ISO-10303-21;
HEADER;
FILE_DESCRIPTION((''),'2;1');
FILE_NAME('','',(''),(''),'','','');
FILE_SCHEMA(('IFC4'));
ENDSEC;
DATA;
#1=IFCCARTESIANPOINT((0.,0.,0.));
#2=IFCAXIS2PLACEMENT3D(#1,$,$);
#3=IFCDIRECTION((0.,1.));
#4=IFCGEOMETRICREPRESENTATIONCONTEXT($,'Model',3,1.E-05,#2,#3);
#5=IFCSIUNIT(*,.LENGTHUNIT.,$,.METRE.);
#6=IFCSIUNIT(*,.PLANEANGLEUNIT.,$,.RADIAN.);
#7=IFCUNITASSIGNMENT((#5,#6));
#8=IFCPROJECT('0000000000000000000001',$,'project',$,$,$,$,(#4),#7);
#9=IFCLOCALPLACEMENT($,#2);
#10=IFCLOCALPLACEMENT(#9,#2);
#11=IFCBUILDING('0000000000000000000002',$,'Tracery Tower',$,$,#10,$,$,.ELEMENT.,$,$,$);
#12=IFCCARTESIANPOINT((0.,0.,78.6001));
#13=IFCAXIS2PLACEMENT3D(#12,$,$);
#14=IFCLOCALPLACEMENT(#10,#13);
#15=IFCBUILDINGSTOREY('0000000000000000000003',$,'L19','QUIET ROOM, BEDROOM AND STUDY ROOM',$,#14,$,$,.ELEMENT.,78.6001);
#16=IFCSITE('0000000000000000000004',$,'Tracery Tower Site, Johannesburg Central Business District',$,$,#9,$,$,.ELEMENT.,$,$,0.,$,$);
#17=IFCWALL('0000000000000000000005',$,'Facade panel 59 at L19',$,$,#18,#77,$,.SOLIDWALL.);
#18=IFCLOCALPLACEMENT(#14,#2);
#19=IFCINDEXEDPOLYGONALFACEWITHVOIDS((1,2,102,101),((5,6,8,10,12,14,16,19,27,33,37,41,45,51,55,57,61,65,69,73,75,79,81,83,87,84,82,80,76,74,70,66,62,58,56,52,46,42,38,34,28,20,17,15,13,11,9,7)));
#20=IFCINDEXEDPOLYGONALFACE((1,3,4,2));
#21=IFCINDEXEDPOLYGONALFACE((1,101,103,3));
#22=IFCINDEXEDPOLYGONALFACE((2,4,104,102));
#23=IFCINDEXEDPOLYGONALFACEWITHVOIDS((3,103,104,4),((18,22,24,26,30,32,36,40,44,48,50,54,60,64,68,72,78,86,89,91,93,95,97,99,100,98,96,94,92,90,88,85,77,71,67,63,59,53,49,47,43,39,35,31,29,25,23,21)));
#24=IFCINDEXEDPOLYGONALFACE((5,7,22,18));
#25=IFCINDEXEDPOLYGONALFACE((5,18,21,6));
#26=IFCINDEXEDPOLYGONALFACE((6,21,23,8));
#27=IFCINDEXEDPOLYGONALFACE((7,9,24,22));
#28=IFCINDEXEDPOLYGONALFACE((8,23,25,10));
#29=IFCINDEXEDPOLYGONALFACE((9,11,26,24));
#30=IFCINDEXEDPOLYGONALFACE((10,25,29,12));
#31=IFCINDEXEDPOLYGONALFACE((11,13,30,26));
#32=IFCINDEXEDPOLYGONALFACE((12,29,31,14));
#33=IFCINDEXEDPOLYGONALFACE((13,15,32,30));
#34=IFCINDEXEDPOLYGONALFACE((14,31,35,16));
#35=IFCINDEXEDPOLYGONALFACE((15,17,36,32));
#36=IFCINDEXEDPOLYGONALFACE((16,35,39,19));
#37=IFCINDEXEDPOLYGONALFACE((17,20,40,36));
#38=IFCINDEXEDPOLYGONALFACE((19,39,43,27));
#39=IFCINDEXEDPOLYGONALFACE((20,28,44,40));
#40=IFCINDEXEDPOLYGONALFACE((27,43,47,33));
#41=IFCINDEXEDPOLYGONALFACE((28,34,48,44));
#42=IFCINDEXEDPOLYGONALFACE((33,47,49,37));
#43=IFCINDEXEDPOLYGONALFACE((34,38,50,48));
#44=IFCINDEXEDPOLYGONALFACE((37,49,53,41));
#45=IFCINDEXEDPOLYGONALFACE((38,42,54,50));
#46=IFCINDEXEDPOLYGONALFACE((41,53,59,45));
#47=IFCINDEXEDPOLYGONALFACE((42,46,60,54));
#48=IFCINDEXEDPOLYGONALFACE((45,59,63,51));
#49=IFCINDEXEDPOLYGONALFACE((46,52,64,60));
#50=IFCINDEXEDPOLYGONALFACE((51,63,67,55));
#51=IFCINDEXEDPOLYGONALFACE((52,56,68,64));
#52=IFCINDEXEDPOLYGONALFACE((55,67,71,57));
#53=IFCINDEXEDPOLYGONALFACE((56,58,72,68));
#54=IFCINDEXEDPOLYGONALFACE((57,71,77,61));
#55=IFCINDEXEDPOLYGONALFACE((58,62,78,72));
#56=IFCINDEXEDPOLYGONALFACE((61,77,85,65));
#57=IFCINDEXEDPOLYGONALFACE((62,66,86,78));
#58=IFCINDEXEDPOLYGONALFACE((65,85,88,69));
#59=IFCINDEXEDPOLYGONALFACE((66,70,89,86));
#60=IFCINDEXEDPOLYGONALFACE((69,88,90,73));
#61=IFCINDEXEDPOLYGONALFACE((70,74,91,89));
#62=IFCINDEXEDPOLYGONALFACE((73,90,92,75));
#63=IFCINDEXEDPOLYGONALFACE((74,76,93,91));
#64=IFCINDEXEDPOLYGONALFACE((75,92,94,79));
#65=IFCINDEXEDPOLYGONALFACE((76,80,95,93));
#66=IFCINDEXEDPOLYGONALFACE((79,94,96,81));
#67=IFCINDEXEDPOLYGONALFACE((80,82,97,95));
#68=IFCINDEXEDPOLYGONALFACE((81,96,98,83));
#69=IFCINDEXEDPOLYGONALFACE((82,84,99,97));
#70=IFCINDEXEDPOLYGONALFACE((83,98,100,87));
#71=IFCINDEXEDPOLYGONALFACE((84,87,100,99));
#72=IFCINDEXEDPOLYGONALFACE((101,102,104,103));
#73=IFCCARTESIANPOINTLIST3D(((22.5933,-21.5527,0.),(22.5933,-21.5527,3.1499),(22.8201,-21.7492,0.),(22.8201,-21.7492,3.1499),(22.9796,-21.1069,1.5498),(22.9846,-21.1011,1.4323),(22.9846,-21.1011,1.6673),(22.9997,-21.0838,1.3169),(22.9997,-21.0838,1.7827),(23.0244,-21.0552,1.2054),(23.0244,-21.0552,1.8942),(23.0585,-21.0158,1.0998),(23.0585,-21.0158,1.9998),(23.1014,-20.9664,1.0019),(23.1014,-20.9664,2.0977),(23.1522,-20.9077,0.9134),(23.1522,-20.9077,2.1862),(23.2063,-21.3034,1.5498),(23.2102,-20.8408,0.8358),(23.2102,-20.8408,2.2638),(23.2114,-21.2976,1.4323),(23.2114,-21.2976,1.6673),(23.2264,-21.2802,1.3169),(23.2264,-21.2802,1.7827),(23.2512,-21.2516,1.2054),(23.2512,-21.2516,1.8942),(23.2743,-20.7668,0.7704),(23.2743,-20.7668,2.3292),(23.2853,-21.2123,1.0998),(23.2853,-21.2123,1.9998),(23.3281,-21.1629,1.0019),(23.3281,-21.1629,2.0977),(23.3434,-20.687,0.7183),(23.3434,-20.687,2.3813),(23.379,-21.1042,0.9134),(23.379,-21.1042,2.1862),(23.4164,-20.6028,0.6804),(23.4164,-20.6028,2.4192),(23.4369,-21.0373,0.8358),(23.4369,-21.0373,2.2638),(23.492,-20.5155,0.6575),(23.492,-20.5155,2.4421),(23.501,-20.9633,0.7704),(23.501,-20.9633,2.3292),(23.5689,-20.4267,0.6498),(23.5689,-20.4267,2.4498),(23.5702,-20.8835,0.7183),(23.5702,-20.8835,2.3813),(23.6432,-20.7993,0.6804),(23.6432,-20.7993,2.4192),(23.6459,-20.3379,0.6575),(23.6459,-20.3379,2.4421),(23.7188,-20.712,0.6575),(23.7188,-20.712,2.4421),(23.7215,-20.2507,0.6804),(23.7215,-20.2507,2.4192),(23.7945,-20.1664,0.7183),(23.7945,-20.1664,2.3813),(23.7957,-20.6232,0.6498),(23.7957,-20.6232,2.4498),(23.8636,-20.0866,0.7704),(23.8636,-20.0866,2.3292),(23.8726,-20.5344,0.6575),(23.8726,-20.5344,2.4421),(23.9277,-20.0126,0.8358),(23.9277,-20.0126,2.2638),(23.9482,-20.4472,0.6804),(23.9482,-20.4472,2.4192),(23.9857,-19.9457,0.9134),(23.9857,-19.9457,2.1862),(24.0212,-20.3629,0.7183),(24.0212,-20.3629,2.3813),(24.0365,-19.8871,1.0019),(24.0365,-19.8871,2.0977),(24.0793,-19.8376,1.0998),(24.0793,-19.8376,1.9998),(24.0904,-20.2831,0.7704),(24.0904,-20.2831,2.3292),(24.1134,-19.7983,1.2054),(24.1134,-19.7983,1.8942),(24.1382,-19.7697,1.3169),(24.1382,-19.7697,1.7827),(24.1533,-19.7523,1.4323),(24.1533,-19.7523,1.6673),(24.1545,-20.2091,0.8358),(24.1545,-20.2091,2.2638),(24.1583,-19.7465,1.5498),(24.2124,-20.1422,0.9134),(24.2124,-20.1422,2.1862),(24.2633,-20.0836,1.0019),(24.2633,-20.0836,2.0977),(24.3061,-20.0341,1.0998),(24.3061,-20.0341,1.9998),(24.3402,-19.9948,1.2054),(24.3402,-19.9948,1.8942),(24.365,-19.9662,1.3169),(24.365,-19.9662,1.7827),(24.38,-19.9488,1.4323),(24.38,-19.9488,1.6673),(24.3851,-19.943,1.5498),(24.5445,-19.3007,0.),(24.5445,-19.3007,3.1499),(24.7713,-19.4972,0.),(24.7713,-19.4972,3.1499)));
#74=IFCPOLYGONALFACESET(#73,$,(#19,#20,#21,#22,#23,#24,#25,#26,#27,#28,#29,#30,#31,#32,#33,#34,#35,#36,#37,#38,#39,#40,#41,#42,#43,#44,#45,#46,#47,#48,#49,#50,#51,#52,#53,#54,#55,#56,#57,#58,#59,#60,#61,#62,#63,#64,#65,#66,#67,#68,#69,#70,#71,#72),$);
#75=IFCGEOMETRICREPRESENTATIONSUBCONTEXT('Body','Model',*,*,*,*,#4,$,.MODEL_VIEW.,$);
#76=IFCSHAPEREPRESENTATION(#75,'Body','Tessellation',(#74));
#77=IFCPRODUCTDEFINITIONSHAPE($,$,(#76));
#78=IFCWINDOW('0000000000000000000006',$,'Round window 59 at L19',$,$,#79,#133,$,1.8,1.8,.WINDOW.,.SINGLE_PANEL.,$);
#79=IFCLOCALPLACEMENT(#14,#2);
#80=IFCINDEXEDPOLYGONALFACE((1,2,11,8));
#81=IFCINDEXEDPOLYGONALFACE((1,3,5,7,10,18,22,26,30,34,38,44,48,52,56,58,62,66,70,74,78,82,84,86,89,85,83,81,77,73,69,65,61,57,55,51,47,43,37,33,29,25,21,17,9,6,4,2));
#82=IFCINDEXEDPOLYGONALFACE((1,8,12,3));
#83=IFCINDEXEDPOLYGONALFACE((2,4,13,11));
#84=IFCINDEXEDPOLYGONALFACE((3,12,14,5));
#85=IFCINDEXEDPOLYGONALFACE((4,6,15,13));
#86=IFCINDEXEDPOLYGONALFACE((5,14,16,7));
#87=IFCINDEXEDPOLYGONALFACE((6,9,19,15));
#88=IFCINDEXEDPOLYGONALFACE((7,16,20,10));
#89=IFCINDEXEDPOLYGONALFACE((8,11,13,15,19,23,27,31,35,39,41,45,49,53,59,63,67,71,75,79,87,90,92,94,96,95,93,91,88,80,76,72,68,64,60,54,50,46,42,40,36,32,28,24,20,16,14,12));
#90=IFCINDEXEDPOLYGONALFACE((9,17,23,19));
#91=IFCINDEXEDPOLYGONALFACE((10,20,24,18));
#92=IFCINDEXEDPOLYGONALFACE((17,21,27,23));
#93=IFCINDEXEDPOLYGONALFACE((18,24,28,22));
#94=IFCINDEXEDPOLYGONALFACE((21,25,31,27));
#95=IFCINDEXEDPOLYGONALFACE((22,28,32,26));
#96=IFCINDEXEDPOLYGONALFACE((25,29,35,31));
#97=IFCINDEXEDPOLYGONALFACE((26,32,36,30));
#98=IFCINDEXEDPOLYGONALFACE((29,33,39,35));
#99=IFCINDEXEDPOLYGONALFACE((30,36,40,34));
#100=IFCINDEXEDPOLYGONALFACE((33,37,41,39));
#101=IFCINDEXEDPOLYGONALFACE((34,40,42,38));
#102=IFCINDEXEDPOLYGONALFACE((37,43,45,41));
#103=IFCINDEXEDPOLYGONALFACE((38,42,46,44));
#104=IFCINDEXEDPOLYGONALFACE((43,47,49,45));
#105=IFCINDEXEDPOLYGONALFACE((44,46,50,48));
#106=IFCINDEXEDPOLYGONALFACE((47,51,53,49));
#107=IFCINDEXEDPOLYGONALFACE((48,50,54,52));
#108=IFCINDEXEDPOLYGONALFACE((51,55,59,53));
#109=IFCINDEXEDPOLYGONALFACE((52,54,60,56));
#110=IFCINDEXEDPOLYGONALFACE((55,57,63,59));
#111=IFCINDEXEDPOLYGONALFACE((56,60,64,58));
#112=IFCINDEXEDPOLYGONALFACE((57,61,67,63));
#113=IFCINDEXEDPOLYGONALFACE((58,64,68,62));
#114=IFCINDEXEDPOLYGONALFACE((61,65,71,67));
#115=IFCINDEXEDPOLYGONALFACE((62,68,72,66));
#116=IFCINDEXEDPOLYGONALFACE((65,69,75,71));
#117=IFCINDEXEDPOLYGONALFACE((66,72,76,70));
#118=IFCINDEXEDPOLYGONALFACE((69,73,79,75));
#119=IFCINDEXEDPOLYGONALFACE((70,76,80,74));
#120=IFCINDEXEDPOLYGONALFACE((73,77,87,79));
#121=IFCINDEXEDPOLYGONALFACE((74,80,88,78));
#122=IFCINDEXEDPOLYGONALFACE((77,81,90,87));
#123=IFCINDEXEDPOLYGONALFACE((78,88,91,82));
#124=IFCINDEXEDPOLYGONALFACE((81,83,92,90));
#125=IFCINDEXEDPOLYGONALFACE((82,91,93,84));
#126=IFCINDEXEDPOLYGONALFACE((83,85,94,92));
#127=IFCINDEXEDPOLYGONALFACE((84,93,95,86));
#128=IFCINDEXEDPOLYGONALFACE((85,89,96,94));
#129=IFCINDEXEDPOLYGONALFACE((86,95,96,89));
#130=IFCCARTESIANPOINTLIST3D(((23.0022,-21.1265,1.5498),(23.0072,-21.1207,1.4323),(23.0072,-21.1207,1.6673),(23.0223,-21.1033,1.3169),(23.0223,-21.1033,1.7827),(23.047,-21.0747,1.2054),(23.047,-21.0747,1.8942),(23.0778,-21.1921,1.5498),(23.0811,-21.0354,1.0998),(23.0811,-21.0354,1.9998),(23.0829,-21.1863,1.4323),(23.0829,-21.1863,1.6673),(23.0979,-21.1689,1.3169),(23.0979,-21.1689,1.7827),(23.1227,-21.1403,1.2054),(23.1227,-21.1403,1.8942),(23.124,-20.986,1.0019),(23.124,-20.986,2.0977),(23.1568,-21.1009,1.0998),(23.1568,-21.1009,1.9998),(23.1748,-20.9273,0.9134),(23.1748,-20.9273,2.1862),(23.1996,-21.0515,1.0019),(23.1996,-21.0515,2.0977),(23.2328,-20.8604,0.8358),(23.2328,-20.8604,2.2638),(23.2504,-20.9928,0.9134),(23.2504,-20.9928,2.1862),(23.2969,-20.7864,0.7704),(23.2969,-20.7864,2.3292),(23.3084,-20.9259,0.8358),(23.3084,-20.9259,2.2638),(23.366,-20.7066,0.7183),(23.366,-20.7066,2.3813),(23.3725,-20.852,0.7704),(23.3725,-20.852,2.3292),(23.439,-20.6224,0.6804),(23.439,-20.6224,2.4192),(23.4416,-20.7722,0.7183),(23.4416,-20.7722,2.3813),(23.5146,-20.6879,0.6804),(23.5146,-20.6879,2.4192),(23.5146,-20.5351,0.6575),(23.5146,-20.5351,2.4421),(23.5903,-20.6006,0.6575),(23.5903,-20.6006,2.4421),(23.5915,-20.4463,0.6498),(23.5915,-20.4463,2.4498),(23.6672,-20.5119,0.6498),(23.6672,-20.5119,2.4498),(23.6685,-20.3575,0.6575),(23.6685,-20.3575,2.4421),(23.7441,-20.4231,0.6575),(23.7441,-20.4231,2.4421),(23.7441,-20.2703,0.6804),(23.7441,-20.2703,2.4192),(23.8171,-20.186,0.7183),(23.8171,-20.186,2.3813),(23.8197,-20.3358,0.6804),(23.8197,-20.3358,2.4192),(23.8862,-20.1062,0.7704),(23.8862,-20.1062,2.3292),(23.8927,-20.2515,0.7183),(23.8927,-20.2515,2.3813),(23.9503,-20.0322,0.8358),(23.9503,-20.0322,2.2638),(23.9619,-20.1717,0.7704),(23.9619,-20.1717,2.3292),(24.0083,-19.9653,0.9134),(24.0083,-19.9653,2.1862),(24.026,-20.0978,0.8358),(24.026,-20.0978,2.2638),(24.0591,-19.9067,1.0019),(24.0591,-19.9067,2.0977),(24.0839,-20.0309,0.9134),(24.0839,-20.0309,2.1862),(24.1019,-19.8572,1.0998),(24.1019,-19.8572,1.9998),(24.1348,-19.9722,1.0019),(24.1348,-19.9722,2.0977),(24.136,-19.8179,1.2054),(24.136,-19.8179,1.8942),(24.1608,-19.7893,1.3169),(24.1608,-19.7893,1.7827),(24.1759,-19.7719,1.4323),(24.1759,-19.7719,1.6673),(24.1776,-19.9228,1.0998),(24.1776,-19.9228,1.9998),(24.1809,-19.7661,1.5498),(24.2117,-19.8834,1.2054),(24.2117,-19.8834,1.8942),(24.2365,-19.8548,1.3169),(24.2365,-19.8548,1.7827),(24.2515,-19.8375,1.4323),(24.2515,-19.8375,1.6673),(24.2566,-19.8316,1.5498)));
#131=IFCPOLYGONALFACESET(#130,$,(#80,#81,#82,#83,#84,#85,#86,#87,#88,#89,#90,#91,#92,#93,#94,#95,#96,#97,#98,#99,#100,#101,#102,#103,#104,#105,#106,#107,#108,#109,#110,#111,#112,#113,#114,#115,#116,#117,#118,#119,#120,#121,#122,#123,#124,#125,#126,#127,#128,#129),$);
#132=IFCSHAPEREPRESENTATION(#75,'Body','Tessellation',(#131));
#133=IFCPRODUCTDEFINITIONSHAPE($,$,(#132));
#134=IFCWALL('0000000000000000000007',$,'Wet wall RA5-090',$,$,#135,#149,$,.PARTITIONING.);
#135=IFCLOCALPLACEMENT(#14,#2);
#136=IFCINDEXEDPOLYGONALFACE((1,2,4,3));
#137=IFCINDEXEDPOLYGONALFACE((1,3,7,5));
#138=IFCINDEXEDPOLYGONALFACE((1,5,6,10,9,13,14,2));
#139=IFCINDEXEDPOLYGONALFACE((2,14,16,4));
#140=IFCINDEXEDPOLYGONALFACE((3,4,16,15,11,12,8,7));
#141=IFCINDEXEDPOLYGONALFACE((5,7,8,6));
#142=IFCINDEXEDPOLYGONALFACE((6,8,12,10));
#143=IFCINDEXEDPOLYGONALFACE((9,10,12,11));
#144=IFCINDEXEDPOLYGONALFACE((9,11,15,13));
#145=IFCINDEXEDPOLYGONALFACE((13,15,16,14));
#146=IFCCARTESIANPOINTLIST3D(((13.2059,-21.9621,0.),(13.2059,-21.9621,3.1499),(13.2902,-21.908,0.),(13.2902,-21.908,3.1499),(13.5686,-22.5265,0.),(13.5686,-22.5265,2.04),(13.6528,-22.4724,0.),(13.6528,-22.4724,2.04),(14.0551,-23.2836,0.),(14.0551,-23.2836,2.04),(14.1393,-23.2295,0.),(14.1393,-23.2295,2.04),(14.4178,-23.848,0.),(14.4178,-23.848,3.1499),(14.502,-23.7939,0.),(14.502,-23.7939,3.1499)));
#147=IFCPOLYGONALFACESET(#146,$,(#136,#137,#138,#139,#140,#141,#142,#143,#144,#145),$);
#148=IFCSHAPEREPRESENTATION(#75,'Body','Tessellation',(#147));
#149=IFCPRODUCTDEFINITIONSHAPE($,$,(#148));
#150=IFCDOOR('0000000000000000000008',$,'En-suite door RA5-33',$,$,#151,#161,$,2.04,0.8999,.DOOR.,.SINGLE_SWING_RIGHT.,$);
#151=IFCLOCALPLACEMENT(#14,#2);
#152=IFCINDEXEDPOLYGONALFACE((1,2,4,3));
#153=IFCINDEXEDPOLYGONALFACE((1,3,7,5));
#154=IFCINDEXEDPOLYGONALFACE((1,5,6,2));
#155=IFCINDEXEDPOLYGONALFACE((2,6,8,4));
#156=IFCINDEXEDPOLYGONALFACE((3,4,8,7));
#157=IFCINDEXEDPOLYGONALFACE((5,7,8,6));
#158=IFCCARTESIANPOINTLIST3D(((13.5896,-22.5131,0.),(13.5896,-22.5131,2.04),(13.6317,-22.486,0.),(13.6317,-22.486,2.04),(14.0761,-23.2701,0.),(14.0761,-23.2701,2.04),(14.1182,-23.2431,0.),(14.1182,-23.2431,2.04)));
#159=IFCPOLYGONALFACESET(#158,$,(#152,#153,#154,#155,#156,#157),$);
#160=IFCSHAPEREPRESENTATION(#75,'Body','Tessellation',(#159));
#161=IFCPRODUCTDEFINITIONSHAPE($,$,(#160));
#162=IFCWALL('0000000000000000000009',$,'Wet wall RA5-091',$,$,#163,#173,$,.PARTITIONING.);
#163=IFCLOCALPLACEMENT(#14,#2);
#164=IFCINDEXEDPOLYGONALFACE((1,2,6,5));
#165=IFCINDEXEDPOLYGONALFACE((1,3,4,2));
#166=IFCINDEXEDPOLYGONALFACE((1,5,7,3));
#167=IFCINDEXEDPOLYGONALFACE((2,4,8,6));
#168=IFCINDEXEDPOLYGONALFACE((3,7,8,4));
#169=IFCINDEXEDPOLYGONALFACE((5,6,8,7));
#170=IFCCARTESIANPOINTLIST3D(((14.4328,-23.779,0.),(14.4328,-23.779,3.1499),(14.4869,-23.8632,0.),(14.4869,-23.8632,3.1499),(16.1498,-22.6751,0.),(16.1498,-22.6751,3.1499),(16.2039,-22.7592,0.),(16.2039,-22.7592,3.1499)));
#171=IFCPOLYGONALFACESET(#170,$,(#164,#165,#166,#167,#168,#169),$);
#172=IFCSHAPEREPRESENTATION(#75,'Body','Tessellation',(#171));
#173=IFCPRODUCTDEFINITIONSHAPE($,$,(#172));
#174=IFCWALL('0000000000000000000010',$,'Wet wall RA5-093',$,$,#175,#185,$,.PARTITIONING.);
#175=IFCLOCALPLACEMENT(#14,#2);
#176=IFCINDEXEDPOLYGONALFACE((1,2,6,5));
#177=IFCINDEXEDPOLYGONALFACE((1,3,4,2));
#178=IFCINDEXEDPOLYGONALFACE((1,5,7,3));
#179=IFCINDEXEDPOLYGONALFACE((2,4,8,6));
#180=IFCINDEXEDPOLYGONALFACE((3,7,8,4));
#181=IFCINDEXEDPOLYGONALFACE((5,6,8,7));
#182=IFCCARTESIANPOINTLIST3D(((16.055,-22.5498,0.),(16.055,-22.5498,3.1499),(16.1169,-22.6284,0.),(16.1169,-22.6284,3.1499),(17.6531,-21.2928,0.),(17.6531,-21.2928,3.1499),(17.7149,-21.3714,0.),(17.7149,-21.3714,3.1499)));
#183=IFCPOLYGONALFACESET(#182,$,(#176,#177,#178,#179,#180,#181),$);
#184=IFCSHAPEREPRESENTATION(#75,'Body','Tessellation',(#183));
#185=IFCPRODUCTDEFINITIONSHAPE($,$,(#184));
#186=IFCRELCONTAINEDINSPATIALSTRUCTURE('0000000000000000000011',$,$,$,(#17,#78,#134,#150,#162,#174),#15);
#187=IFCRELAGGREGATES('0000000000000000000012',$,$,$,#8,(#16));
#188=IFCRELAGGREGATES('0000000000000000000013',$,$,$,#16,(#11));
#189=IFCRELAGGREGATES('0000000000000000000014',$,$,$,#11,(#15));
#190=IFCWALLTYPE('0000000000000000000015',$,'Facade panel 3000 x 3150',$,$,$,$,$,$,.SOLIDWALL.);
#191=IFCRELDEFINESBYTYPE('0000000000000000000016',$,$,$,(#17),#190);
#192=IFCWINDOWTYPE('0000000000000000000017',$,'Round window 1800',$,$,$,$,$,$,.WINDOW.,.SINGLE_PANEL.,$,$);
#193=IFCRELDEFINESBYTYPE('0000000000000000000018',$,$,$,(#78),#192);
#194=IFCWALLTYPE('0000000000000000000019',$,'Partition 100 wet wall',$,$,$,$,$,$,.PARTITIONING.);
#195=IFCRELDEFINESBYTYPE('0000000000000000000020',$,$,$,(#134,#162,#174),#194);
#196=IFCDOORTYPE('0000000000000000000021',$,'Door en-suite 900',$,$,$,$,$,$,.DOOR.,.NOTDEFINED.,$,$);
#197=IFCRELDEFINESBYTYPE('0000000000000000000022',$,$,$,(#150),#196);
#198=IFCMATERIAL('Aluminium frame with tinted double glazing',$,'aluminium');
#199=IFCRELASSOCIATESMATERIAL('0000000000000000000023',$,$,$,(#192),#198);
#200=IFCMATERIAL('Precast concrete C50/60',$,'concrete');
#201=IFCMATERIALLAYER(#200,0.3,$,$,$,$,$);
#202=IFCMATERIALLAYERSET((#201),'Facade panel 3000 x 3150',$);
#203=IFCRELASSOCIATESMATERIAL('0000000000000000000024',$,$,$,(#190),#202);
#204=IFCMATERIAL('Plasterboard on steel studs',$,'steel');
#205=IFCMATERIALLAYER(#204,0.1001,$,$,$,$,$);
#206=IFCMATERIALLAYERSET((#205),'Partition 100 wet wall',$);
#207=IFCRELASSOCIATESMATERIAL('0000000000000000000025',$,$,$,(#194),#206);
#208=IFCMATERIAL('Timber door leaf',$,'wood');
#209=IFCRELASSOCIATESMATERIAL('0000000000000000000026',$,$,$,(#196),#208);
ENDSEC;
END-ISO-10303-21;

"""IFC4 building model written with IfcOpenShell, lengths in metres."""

from ifc_helpers import new_model, si_unit, direction, frame, frame_2d, origin, origin_2d, place, context, subcontext, project, spatial, rectangle, circle, extrude, material, layer, layer_set, type_object, element, fill, save


model = new_model("IFC4")

# Units and contexts
model_context = context("Model", 3, precision=1e-05, world=origin(), true_north=direction((0.0, 1.0)))
body_context = subcontext(model_context, "Body", "Model", "MODEL_VIEW")
ifc_project = project(units=[si_unit("LENGTHUNIT", "METRE"), si_unit("PLANEANGLEUNIT", "RADIAN")], contexts=[model_context])

# Site, building, storey
site_placement = place(None, origin())
site = spatial("IfcSite", under=ifc_project, at=site_placement, Name="Tracery Tower Site, Johannesburg Central Business District", CompositionType="ELEMENT", RefElevation=0.0)
building_placement = place(site_placement, origin())
building = spatial("IfcBuilding", under=site, at=building_placement, Name="Tracery Tower", CompositionType="ELEMENT")
storey_placement = place(building_placement, frame((0.0, 0.0, 78.6001)))
storey = spatial("IfcBuildingStorey", under=building, at=storey_placement, Name="L19", Description="QUIET ROOM, BEDROOM AND STUDY ROOM", CompositionType="ELEMENT", Elevation=78.6001)

# Wall, opening, window
ifc_material_1 = material(Name="Aluminium frame with tinted double glazing", Category="aluminium")
window_type = type_object("IfcWindowType", Name="Round window 1800", PartitioningType="SINGLE_PANEL", PredefinedType="WINDOW", material=ifc_material_1)
ifc_material_2 = material(Name="Precast concrete C50/60", Category="concrete")
ifc_layer_1 = layer(ifc_material_2, 0.3)
ifc_layer_set_1 = layer_set([ifc_layer_1], Name="Facade panel 3000 x 3150")
wall_type_1 = type_object("IfcWallType", Name="Facade panel 3000 x 3150", PredefinedType="SOLIDWALL", material=ifc_layer_set_1)
wall_1_placement = place(storey_placement, frame((22.7068, -21.6509, 0.0), z_axis=(0.0, 0.0, 1.0), x_axis=(0.654831, 0.755776, 0.0)))
wall_1 = element("IfcWall", 1, at=wall_1_placement, inside=storey, type_object=wall_type_1, Name="Facade panel 59 at L19", PredefinedType="SOLIDWALL", context=body_context, shape_type="SweptSolid", body=[
    extrude(rectangle(XDim=2.9797, YDim=0.3, at=frame_2d((1.4897, 0.0))), origin(), (0.0, 0.0, 1.0), 3.1499),
])
opening_1_placement = place(wall_1_placement, frame((1.4897, 0.0, 1.5498)))
opening_1 = element("IfcOpeningElement", 2, at=opening_1_placement, cuts=wall_1, PredefinedType="OPENING", context=body_context, shape_type="SweptSolid", body=[
    extrude(circle(Radius=0.9, at=origin_2d()), frame((0.0, 0.1599, 0.0), z_axis=(0.0, -1.0, 0.0), x_axis=(1.0, 0.0, 0.0)), (0.0, 0.0, 1.0), 0.3201),
])
window_1_placement = place(opening_1_placement, origin())
window_1 = element("IfcWindow", 3, at=window_1_placement, inside=storey, type_object=window_type, Name="Round window 59 at L19", OverallHeight=1.8, OverallWidth=1.8, PartitioningType="SINGLE_PANEL", PredefinedType="WINDOW", context=body_context, shape_type="SweptSolid", body=[
    extrude(circle(Radius=0.9, at=origin_2d()), frame((0.0, 0.1201, 0.0), z_axis=(0.0, -1.0, 0.0), x_axis=(1.0, 0.0, 0.0)), (0.0, 0.0, 1.0), 0.1001),
])
fill(opening_1, window_1)

# Wall, opening, door
ifc_material_3 = material(Name="Plasterboard on steel studs", Category="steel")
ifc_layer_2 = layer(ifc_material_3, 0.1001)
ifc_layer_set_2 = layer_set([ifc_layer_2], Name="Partition 100 wet wall")
wall_type_2 = type_object("IfcWallType", Name="Partition 100 wet wall", PredefinedType="PARTITIONING", material=ifc_layer_set_2)
wall_2_placement = place(storey_placement, frame((13.248, -21.9351, 0.0), z_axis=(0.0, 0.0, 1.0), x_axis=(0.540598, -0.841281, 0.0)))
wall_2 = element("IfcWall", 4, at=wall_2_placement, inside=storey, type_object=wall_type_2, Name="Wet wall RA5-090", PredefinedType="PARTITIONING", context=body_context, shape_type="SweptSolid", body=[
    extrude(rectangle(XDim=2.2417, YDim=0.1001, at=frame_2d((1.1208, 0.0))), origin(), (0.0, 0.0, 1.0), 3.1499),
])
opening_2_placement = place(wall_2_placement, frame((0.6709, 0.0, 0.0)))
opening_2 = element("IfcOpeningElement", 5, at=opening_2_placement, cuts=wall_2, PredefinedType="OPENING", context=body_context, shape_type="SweptSolid", body=[
    extrude(rectangle(XDim=0.8999, YDim=2.04, at=frame_2d((0.45, 1.02))), frame((0.0, 0.05, 0.0), z_axis=(0.0, -1.0, 0.0), x_axis=(1.0, 0.0, 0.0)), (0.0, 0.0, 1.0), 0.1001),
])
ifc_material_4 = material(Name="Timber door leaf", Category="wood")
door_type = type_object("IfcDoorType", Name="Door en-suite 900", OperationType="NOTDEFINED", PredefinedType="DOOR", material=ifc_material_4)
door_1_placement = place(opening_2_placement, origin())
door_1 = element("IfcDoor", 6, at=door_1_placement, inside=storey, type_object=door_type, Name="En-suite door RA5-33", OperationType="SINGLE_SWING_RIGHT", OverallHeight=2.04, OverallWidth=0.8999, PredefinedType="DOOR", context=body_context, shape_type="SweptSolid", body=[
    extrude(rectangle(XDim=0.8999, YDim=2.04, at=frame_2d((0.45, 1.02))), frame((0.0, 0.0249, 0.0), z_axis=(0.0, -1.0, 0.0), x_axis=(1.0, 0.0, 0.0)), (0.0, 0.0, 1.0), 0.05),
])
fill(opening_2, door_1)

# Walls
wall_3_placement = place(storey_placement, frame((14.46, -23.821, 0.0), z_axis=(0.0, 0.0, 1.0), x_axis=(0.841136, 0.540824, 0.0)))
element("IfcWall", 7, at=wall_3_placement, inside=storey, type_object=wall_type_2, Name="Wet wall RA5-091", PredefinedType="PARTITIONING", context=body_context, shape_type="SweptSolid", body=[
    extrude(rectangle(XDim=2.0413, YDim=0.1001, at=frame_2d((1.0205, 0.0))), origin(), (0.0, 0.0, 1.0), 3.1499),
])
wall_4_placement = place(storey_placement, frame((16.0859, -22.5891, 0.0), z_axis=(0.0, 0.0, 1.0), x_axis=(0.785985, 0.618246, 0.0)))
element("IfcWall", 8, at=wall_4_placement, inside=storey, type_object=wall_type_2, Name="Wet wall RA5-093", PredefinedType="PARTITIONING", context=body_context, shape_type="SweptSolid", body=[
    extrude(rectangle(XDim=2.0332, YDim=0.1001, at=frame_2d((1.0166, 0.0))), origin(), (0.0, 0.0, 1.0), 3.1499),
])

save(model, "model.ifc")
